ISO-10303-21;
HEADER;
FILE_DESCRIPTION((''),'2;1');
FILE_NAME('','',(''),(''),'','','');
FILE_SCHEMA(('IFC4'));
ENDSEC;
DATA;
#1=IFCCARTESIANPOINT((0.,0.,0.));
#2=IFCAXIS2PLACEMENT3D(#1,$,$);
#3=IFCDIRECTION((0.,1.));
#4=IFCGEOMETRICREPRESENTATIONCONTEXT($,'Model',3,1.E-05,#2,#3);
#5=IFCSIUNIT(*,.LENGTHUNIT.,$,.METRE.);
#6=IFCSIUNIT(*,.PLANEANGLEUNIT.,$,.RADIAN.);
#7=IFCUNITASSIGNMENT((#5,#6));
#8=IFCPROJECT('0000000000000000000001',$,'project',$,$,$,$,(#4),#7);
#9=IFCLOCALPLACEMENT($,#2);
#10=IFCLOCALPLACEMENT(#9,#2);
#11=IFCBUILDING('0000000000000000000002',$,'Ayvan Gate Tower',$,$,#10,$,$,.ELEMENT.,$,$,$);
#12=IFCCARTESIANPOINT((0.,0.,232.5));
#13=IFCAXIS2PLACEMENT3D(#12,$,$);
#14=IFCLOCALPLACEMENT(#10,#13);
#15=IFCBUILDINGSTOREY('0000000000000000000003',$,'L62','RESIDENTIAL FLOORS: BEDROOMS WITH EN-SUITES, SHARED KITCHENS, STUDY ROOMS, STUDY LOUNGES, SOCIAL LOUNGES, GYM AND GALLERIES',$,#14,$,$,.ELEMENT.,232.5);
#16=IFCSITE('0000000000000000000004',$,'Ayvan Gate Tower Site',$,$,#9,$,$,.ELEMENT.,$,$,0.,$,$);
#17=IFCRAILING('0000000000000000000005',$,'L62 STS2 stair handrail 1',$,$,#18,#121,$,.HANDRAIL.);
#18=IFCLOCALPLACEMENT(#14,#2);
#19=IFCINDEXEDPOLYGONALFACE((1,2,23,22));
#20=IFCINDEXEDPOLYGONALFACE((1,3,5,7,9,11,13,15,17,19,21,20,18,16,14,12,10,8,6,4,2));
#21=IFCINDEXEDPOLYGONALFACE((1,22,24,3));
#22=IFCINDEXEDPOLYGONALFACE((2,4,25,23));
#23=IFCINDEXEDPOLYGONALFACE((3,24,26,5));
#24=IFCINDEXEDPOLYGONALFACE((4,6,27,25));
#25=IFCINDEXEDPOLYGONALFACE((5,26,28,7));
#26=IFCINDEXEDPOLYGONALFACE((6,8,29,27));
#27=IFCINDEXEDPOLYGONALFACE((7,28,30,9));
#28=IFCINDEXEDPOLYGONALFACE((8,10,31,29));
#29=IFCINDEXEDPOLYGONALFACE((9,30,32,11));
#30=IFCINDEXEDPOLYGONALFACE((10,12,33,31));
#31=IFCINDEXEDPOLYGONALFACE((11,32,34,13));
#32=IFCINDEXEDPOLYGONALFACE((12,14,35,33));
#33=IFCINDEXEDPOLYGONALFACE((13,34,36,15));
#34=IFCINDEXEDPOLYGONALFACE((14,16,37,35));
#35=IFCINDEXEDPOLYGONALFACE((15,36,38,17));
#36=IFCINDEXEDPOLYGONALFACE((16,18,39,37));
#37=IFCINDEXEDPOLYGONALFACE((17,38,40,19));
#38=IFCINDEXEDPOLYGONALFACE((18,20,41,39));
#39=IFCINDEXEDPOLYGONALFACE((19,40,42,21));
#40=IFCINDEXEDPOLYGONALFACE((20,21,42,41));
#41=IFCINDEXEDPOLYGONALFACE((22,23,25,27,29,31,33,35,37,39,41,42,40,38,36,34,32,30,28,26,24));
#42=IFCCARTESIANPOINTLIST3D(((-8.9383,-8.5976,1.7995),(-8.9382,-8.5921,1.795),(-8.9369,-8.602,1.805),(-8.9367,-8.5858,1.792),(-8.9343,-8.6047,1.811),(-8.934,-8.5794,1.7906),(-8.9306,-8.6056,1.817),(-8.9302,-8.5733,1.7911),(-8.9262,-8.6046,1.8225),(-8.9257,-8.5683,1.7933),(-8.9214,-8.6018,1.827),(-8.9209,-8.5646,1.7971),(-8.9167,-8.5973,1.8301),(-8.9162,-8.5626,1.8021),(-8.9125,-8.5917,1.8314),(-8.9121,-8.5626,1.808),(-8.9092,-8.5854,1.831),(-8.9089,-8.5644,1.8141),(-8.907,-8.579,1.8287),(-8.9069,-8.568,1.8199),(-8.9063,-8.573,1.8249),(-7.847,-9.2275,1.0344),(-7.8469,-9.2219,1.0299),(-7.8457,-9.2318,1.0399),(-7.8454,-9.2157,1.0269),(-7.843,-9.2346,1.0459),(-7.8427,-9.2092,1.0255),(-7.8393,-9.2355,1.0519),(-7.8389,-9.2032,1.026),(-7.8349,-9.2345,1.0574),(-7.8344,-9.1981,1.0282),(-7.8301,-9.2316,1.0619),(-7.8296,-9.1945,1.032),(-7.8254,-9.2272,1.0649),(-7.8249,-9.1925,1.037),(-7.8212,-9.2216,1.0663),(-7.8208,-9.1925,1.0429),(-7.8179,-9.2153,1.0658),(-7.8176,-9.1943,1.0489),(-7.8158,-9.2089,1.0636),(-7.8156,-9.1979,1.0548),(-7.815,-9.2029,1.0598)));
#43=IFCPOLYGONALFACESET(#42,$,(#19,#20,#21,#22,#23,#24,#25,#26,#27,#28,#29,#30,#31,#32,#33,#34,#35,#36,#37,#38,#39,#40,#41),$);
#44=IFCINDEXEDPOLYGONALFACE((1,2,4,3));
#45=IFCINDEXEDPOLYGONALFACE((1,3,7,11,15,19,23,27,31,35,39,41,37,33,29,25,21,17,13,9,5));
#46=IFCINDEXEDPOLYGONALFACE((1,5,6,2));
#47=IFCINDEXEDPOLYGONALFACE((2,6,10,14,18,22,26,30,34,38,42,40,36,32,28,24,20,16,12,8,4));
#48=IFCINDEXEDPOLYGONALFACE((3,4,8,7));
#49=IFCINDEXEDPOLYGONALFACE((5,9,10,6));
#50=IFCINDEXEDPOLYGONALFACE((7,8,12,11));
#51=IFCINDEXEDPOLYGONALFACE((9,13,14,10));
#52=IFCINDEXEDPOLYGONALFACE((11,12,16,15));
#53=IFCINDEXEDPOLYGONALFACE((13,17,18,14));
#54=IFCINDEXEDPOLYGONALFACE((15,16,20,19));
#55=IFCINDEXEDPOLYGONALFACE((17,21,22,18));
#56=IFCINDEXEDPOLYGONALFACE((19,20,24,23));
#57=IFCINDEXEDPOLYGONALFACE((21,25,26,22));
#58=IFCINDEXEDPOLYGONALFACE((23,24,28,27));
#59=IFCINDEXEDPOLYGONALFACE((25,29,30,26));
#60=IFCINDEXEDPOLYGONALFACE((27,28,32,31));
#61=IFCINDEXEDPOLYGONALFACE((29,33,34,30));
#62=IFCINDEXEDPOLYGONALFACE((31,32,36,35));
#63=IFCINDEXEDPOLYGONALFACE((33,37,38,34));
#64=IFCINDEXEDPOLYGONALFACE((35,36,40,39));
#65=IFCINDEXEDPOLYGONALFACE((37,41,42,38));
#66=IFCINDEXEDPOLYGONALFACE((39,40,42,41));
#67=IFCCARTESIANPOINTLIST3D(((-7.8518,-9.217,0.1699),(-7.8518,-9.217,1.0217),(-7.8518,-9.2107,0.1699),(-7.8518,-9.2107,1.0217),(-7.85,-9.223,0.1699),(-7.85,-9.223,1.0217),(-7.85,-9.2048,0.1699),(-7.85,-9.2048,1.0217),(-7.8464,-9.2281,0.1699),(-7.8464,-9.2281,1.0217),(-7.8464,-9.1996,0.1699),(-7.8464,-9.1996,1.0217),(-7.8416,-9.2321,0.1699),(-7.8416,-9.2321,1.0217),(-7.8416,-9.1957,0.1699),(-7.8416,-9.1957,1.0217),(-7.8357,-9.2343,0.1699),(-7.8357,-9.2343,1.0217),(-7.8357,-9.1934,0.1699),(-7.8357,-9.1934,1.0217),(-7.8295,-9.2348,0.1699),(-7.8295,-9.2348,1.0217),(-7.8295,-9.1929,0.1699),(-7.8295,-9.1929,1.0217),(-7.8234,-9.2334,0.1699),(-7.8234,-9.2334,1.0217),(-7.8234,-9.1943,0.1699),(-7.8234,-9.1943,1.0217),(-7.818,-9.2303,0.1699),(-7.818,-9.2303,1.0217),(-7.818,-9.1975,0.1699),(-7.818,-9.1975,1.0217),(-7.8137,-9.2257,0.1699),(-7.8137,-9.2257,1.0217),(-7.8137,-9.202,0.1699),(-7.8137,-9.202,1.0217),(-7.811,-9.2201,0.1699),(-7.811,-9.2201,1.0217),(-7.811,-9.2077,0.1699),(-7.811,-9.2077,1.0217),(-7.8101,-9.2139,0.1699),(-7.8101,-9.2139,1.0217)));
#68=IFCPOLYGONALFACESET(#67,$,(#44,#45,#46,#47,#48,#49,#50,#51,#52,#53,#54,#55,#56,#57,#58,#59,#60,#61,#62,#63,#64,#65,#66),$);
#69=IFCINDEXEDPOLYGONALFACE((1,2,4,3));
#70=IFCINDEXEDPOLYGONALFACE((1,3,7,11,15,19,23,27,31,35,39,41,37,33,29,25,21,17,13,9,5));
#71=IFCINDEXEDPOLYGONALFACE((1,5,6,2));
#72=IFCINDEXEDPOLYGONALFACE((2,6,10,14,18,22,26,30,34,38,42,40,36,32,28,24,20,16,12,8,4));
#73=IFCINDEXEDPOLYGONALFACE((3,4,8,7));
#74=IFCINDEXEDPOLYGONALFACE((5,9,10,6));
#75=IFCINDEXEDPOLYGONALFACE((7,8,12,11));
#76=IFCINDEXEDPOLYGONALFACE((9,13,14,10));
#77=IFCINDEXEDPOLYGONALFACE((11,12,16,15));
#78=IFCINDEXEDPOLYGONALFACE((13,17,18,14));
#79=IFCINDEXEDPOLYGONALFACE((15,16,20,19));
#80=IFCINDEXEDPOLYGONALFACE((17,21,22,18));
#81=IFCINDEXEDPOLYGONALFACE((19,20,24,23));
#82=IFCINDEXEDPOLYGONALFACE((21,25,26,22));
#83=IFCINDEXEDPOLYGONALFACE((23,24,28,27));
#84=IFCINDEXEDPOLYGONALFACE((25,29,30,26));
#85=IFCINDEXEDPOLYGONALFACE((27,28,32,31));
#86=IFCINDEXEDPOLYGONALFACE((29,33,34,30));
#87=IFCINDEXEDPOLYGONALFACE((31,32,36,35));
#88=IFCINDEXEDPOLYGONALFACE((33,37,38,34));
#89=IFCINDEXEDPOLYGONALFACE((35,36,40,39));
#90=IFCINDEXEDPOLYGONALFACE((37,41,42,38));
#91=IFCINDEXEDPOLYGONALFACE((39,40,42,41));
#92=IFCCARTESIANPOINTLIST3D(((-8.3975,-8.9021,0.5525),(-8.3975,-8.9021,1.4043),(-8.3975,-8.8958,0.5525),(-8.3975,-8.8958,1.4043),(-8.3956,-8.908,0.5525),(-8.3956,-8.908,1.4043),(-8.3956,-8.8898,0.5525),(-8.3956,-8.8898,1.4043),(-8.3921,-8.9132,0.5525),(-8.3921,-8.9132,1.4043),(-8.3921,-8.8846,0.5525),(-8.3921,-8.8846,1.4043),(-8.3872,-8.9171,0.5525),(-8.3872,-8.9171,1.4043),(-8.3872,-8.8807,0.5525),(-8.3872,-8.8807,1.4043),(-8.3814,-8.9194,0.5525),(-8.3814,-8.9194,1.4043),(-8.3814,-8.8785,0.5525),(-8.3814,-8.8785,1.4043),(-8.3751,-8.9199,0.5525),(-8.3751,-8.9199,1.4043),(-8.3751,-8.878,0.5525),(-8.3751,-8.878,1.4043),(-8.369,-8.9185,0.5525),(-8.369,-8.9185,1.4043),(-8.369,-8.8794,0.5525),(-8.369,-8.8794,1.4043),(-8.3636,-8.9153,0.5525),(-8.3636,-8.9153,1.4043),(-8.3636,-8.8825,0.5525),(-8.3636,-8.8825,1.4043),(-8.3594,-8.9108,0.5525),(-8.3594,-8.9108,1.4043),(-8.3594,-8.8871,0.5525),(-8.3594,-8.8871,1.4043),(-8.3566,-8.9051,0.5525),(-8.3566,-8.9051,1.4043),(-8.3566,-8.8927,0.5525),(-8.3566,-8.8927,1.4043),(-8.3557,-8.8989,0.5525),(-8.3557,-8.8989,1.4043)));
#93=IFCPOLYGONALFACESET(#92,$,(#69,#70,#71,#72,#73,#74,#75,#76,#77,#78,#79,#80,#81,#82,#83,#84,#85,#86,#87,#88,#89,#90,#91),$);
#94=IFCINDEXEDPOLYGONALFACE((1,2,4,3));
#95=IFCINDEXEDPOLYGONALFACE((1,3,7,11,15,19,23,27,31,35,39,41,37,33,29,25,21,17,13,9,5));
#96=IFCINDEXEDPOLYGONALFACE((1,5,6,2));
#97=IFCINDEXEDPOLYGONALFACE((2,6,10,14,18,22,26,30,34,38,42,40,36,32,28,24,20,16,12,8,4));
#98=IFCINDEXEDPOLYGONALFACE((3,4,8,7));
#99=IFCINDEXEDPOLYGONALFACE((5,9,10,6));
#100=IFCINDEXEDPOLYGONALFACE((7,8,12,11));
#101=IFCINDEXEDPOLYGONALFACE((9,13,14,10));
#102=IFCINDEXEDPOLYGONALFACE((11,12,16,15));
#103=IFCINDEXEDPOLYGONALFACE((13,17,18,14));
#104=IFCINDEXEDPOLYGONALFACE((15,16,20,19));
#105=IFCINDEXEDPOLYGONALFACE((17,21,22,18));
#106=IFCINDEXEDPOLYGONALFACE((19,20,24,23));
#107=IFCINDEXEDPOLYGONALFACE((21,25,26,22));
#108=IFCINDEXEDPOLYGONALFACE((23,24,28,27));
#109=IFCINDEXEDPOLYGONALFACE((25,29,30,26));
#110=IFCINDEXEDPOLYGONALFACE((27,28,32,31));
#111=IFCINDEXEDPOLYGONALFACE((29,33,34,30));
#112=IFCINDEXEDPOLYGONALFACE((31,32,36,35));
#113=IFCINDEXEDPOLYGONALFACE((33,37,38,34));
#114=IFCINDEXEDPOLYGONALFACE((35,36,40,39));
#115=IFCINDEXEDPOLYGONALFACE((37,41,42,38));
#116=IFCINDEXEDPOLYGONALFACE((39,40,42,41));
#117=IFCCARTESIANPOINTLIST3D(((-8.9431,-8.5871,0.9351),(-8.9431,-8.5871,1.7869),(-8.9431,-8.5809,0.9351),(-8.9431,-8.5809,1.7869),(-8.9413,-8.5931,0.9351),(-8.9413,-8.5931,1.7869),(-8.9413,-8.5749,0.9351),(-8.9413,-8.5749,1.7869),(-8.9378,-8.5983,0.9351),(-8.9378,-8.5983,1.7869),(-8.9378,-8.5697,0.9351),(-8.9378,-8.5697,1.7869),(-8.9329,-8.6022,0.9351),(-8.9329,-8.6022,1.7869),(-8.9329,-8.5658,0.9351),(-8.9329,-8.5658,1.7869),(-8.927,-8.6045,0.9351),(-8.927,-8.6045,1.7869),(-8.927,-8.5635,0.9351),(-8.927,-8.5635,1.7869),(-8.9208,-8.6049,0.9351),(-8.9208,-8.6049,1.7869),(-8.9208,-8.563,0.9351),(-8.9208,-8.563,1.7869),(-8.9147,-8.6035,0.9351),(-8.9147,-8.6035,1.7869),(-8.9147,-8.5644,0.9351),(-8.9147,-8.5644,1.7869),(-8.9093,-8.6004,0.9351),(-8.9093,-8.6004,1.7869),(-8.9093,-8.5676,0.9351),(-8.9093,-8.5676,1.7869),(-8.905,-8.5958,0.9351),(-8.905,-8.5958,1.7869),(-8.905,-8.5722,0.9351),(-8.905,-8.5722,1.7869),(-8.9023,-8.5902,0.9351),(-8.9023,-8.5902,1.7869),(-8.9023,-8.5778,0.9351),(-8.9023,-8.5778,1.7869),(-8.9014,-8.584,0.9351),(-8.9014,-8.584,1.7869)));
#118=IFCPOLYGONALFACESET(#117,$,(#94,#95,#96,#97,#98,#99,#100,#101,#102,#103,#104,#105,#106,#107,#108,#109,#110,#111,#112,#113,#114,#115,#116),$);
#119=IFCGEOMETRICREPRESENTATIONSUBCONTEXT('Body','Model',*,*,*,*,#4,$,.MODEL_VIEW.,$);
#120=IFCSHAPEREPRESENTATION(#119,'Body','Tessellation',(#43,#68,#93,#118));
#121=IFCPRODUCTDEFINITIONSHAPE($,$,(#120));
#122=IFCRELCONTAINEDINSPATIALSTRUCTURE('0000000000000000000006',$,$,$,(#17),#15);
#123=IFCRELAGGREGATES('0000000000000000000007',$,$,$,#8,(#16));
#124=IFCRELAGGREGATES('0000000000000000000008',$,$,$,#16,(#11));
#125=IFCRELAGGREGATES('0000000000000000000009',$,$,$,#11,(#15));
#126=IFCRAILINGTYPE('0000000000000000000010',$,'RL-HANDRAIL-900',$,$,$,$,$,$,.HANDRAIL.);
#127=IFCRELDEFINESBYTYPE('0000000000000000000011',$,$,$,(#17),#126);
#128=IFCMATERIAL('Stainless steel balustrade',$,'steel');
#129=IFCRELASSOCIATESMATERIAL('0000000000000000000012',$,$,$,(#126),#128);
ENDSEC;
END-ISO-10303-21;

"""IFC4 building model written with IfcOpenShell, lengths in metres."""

from ifc_helpers import new_model, si_unit, direction, frame, origin, origin_2d, place, context, subcontext, project, spatial, circle, extrude, material, type_object, element, save


model = new_model("IFC4")

# Units and contexts
model_context = context("Model", 3, precision=1e-05, world=origin(), true_north=direction((0.0, 1.0)))
body_context = subcontext(model_context, "Body", "Model", "MODEL_VIEW")
ifc_project = project(units=[si_unit("LENGTHUNIT", "METRE"), si_unit("PLANEANGLEUNIT", "RADIAN")], contexts=[model_context])

# Site, building, storey
site_placement = place(None, origin())
site = spatial("IfcSite", under=ifc_project, at=site_placement, Name="Ayvan Gate Tower Site", CompositionType="ELEMENT", RefElevation=0.0)
building_placement = place(site_placement, origin())
building = spatial("IfcBuilding", under=site, at=building_placement, Name="Ayvan Gate Tower", CompositionType="ELEMENT")
storey_placement = place(building_placement, frame((0.0, 0.0, 232.5)))
storey = spatial("IfcBuildingStorey", under=building, at=storey_placement, Name="L62", Description="RESIDENTIAL FLOORS: BEDROOMS WITH EN-SUITES, SHARED KITCHENS, STUDY ROOMS, STUDY LOUNGES, SOCIAL LOUNGES, GYM AND GALLERIES", CompositionType="ELEMENT", Elevation=232.5)

# Railing
ifc_material_1 = material(Name="Stainless steel balustrade", Category="steel")
railing_type_1 = type_object("IfcRailingType", Name="RL-HANDRAIL-900", PredefinedType="HANDRAIL", material=ifc_material_1)
railing_1_placement = place(storey_placement, frame((-7.8311, -9.2139, 0.1699)))
element("IfcRailing", 1, at=railing_1_placement, inside=storey, type_object=railing_type_1, Name="L62 STS2 stair handrail 1", PredefinedType="HANDRAIL", context=body_context, shape_type="SweptSolid", body=[
    extrude(circle(Radius=0.0239, at=origin_2d()), frame((0.0, 0.0, 0.876), z_axis=(-0.740293, 0.427283, 0.519033), x_axis=(-0.49989, -0.866089, 0.0)), (0.0, 0.0, 1.0), 1.4741),
    extrude(circle(Radius=0.021, at=origin_2d()), origin(), (0.0, 0.0, 1.0), 0.8518),
    extrude(circle(Radius=0.021, at=origin_2d()), frame((-0.5457, 0.3149, 0.3826)), (0.0, 0.0, 1.0), 0.8518),
    extrude(circle(Radius=0.021, at=origin_2d()), frame((-1.0913, 0.6299, 0.7651)), (0.0, 0.0, 1.0), 0.8518),
])

save(model, "model.ifc")
